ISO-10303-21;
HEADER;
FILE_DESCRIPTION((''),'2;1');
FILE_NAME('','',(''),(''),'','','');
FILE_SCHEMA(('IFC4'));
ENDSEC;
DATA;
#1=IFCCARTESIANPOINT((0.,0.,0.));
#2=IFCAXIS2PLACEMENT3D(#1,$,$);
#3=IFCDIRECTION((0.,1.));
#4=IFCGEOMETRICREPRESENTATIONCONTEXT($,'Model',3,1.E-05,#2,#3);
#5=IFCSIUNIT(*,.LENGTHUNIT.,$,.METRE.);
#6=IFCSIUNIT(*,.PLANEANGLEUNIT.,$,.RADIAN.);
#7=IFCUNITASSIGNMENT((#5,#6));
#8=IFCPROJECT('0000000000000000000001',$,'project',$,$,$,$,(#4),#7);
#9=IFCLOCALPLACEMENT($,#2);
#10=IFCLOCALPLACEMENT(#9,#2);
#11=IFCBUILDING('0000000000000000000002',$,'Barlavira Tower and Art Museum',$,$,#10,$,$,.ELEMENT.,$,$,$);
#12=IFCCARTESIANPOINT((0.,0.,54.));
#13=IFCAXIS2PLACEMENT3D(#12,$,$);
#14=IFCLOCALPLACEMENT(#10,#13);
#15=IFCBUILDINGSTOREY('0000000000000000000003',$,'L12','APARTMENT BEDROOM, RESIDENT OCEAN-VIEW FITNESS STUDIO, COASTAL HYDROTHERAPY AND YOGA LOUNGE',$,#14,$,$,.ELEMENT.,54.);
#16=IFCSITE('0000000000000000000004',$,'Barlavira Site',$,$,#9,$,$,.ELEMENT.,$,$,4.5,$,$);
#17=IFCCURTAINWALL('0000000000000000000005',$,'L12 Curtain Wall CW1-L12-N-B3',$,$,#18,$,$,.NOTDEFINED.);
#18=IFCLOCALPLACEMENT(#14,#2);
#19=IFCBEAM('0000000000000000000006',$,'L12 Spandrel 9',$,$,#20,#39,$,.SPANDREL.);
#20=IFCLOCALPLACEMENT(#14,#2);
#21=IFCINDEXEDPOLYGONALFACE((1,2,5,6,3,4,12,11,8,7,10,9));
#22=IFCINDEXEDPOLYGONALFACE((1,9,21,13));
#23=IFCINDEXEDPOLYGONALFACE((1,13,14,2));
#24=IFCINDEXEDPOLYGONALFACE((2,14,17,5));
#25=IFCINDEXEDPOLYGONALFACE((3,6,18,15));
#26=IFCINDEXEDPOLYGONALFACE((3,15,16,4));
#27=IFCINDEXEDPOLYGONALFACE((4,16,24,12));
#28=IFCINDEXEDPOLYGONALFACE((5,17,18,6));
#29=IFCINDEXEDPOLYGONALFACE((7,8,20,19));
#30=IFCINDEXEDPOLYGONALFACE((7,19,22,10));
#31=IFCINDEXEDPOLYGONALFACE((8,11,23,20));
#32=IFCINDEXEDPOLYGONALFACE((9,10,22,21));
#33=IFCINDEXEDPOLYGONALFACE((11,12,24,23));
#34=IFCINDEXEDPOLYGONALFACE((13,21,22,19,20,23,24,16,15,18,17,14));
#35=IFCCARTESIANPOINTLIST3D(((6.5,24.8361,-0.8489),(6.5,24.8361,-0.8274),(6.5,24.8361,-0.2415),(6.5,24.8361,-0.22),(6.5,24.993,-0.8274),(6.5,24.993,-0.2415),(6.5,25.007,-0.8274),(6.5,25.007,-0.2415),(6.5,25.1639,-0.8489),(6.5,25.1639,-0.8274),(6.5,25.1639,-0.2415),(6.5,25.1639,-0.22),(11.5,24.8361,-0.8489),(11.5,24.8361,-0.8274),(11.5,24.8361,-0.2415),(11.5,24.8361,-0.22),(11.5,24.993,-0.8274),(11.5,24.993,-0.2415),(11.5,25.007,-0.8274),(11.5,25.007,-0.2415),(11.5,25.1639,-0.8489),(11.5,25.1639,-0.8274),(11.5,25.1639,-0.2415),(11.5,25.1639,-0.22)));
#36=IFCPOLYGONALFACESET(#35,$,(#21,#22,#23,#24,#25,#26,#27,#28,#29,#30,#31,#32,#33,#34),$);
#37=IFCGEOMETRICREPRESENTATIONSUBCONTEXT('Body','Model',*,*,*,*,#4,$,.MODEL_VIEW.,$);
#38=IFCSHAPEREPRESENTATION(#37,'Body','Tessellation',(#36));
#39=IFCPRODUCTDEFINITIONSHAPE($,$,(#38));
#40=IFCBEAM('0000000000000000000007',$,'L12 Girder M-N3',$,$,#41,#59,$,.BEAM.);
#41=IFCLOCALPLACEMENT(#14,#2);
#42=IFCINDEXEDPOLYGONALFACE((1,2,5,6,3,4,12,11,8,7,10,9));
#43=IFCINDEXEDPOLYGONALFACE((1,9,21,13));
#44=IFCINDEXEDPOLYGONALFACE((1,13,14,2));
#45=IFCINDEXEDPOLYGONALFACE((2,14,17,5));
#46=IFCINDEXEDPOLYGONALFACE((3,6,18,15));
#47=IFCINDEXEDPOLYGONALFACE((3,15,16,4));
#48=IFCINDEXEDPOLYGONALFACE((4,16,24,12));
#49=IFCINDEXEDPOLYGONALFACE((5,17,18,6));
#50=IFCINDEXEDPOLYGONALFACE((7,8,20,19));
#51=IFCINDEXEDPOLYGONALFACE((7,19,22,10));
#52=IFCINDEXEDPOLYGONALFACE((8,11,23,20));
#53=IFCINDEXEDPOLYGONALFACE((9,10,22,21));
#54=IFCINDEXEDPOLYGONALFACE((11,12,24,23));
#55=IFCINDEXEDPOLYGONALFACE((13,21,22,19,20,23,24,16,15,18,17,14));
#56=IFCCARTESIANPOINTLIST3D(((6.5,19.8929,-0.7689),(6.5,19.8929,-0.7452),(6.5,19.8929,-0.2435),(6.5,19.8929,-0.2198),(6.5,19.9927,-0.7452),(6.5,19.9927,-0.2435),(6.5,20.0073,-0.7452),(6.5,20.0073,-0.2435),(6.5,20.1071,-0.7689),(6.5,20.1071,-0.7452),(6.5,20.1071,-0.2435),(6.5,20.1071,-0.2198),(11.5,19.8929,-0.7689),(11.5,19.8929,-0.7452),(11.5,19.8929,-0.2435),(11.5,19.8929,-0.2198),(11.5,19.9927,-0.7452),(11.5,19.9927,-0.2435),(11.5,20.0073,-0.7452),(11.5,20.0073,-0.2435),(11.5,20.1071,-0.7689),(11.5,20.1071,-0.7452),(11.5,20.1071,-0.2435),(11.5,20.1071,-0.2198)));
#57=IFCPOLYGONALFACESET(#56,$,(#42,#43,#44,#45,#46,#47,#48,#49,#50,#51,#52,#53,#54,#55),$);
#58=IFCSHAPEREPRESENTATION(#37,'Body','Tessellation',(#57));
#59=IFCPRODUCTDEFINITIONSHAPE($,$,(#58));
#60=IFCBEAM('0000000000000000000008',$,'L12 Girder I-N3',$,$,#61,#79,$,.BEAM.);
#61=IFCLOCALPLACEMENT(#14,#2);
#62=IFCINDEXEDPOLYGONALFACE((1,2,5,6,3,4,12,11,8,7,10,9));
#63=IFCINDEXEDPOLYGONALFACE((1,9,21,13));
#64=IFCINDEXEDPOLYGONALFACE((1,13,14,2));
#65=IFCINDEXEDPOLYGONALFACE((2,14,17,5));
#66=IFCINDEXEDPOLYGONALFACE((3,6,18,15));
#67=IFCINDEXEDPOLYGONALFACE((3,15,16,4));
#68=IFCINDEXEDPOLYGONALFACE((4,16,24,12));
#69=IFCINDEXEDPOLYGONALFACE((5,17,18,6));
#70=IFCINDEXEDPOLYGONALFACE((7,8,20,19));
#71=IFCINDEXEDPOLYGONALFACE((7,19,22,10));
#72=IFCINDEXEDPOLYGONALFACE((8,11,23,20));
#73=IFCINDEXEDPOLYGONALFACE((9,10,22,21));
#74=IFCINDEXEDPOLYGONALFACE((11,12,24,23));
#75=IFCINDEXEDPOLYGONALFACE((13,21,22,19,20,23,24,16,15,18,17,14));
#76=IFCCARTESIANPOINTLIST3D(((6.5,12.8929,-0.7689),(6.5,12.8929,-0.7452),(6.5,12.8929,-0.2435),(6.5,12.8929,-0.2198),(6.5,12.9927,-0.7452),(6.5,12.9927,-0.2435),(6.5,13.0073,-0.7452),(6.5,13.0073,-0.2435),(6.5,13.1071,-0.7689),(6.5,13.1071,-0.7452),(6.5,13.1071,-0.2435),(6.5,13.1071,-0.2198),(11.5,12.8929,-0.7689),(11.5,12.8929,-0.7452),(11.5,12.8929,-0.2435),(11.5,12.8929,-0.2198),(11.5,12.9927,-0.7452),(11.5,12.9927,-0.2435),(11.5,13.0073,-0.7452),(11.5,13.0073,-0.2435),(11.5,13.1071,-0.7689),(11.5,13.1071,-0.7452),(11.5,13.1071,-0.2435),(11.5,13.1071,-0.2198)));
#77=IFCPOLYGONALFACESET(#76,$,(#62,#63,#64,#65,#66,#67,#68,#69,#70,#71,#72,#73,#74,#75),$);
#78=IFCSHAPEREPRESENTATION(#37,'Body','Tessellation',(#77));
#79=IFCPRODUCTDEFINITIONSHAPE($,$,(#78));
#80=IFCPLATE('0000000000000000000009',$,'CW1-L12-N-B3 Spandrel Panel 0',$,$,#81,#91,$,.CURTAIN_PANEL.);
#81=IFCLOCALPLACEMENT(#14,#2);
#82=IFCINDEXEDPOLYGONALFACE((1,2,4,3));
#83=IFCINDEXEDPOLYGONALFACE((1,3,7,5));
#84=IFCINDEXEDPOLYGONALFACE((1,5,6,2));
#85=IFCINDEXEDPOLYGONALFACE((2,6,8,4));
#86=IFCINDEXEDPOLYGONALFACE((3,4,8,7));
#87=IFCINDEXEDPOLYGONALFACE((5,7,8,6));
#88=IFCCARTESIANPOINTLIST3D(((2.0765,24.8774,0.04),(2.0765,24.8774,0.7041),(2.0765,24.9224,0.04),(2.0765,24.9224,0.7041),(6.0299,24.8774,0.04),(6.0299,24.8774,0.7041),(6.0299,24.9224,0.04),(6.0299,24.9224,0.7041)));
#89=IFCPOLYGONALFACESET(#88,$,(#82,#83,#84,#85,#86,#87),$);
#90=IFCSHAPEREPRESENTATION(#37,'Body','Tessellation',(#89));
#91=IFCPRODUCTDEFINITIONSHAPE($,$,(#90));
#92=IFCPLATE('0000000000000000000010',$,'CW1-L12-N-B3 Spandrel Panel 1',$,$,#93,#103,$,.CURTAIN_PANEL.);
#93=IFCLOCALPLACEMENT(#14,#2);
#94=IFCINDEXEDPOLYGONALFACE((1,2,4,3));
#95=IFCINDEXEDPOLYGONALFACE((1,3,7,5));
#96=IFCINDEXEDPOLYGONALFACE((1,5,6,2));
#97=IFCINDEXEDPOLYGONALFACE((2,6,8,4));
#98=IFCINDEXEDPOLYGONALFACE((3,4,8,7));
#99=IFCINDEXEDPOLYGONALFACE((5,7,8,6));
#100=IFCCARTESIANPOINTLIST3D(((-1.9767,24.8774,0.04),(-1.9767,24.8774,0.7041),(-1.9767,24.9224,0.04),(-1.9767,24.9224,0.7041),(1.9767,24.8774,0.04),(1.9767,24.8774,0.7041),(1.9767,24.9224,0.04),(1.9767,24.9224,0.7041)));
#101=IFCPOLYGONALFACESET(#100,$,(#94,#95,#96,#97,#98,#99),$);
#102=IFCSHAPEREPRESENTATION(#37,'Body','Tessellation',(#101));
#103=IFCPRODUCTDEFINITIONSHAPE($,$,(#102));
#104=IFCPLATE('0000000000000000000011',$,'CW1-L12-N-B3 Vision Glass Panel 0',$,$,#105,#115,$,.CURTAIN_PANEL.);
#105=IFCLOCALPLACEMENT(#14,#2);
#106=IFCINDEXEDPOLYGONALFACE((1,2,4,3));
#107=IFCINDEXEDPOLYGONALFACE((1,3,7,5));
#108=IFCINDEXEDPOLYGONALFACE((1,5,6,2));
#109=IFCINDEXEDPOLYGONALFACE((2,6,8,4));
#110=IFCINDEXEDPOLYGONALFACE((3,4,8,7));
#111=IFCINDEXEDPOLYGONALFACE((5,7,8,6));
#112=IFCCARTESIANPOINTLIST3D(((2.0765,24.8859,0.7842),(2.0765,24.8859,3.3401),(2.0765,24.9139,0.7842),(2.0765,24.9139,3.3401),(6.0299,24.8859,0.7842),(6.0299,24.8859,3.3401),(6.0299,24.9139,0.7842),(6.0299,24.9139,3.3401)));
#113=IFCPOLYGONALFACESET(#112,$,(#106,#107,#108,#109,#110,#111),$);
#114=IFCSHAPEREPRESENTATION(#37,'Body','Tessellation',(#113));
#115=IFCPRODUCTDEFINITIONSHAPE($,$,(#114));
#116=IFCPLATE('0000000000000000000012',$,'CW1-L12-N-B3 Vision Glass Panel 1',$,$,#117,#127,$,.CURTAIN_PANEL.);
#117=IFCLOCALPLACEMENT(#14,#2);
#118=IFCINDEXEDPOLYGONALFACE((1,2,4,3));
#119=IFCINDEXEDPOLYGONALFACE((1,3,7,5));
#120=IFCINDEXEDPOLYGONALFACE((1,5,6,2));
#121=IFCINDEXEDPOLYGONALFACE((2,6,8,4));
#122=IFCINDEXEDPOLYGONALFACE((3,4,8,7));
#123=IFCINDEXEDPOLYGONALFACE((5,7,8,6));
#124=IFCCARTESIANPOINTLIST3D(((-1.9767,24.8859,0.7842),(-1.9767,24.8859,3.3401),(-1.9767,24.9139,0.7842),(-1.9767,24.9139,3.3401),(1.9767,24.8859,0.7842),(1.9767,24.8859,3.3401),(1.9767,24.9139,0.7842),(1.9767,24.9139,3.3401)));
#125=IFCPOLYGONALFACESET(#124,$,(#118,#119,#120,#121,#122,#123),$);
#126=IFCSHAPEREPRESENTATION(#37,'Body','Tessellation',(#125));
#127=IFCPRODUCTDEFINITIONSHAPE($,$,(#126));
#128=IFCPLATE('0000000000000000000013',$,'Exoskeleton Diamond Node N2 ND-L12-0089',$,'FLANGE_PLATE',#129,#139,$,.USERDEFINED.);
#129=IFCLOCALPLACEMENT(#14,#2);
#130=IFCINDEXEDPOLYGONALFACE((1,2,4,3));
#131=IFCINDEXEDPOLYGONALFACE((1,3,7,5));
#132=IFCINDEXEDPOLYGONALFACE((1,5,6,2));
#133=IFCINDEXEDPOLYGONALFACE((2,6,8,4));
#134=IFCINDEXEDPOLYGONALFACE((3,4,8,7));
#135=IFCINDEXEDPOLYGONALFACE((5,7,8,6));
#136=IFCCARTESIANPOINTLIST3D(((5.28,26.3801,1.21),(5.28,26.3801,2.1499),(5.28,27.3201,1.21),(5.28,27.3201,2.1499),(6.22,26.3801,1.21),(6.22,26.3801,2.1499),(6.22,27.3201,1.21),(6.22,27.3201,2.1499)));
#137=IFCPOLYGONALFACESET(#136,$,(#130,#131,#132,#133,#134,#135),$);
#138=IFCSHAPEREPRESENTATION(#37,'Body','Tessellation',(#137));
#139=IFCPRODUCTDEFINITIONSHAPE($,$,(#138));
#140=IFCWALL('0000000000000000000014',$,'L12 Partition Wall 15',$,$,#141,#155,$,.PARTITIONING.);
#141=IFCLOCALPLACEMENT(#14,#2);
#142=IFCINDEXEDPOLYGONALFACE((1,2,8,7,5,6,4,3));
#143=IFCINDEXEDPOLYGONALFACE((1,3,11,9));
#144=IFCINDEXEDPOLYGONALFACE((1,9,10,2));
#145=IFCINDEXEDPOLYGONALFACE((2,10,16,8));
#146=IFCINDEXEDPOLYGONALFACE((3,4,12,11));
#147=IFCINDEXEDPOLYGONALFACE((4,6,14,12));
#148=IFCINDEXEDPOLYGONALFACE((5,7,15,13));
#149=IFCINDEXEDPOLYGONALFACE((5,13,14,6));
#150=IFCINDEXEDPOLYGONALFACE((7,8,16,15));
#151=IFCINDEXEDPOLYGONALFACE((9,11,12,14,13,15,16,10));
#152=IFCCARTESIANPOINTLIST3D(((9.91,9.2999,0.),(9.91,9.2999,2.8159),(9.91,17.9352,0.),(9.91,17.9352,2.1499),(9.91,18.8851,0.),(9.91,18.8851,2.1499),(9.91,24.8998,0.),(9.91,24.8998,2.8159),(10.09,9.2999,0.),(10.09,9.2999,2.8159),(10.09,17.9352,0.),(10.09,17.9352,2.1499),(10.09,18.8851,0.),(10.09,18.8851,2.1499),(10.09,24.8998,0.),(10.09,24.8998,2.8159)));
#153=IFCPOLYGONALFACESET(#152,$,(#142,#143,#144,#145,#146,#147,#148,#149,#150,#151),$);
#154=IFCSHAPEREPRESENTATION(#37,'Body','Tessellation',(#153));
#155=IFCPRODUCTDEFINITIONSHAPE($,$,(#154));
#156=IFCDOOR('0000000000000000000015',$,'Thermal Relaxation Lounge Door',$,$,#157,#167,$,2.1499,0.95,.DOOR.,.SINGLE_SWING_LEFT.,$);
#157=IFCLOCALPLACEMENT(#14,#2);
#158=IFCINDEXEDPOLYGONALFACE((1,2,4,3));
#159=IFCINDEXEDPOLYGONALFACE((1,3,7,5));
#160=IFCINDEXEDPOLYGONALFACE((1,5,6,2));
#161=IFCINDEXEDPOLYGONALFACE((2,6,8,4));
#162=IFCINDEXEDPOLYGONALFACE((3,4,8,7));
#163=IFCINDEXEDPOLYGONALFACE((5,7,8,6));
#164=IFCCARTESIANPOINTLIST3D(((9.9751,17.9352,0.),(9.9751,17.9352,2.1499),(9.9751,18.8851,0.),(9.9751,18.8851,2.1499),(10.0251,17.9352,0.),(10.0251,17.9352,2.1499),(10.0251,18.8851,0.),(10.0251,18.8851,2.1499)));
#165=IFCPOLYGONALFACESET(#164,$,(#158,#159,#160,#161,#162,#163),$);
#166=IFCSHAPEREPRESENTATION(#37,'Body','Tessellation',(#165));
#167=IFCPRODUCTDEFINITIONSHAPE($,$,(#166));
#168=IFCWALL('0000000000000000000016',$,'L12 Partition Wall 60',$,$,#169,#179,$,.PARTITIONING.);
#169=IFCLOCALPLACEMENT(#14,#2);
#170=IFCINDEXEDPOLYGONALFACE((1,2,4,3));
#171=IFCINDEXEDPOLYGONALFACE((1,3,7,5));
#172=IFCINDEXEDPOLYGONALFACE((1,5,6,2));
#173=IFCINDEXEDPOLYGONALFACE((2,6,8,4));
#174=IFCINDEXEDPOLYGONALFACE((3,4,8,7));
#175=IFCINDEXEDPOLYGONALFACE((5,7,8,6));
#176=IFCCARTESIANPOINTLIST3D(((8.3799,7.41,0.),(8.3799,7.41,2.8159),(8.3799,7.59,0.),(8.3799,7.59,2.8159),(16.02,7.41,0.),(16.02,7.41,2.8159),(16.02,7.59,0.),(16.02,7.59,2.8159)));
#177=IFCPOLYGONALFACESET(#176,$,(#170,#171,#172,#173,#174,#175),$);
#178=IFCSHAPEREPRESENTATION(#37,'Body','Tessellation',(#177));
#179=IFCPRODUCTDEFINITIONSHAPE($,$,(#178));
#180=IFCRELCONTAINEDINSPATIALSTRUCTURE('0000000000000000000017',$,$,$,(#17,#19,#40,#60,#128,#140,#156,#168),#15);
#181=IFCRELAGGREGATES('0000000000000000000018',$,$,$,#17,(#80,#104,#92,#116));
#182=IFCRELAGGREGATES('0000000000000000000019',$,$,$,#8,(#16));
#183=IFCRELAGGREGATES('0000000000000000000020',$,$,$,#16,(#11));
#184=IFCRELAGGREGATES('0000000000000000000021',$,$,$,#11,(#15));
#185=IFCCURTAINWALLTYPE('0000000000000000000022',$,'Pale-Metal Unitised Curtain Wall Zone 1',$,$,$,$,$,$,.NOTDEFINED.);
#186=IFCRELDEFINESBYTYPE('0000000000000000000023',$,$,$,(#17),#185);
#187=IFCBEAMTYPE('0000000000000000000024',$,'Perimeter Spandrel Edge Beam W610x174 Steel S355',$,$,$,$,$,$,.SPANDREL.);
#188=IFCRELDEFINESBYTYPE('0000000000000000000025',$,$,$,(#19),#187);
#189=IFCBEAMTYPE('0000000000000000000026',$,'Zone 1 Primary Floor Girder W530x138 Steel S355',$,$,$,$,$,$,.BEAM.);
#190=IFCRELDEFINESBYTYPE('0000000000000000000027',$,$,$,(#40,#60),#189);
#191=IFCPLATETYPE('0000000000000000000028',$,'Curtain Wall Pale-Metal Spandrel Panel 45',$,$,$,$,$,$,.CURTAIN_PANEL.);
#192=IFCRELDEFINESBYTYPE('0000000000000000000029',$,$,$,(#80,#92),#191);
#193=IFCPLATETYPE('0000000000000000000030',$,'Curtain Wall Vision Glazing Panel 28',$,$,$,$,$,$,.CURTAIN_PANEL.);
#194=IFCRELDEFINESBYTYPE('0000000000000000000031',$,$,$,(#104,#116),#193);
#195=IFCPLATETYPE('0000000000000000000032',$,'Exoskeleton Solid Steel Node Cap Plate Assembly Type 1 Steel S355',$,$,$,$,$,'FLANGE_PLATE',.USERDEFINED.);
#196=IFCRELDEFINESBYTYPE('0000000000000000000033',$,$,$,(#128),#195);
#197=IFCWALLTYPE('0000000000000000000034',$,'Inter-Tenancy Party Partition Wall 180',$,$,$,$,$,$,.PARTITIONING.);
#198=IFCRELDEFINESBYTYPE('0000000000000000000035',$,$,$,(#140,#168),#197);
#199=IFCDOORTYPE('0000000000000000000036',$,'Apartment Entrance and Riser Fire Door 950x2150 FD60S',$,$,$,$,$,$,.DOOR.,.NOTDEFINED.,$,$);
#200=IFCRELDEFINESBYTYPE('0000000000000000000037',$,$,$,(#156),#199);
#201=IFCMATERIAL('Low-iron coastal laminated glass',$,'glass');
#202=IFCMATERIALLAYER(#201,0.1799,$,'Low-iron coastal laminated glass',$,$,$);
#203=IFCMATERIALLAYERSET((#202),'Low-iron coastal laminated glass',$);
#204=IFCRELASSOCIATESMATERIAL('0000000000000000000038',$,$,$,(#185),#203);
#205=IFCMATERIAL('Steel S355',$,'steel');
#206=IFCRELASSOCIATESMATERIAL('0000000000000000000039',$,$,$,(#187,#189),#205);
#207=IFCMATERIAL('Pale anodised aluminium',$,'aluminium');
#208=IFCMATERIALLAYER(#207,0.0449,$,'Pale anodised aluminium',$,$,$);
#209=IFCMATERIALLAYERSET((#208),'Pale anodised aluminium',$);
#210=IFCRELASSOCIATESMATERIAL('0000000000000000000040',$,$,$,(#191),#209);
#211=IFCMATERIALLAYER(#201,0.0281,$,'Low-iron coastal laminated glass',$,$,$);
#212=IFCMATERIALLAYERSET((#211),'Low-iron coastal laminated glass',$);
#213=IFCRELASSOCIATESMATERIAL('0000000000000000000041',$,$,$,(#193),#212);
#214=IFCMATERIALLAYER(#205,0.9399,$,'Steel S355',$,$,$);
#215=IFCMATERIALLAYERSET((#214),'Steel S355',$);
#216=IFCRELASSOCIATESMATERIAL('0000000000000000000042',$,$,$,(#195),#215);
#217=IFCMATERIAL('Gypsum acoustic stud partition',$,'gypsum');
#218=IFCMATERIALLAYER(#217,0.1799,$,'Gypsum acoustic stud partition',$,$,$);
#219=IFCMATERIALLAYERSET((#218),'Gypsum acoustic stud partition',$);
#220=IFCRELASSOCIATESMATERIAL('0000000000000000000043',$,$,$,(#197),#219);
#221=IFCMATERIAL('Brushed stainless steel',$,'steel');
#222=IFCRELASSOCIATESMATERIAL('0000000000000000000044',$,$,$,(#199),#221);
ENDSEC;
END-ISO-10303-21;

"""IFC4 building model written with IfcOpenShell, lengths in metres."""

from ifc_helpers import new_model, si_unit, direction, frame, frame_2d, origin, origin_2d, place, context, subcontext, project, spatial, rectangle, i_section, extrude, material, layer, layer_set, material_profile, profile_set, type_object, element, fill, aggregate, save


model = new_model("IFC4")

# Units and contexts
model_context = context("Model", 3, precision=1e-05, world=origin(), true_north=direction((0.0, 1.0)))
body_context = subcontext(model_context, "Body", "Model", "MODEL_VIEW")
ifc_project = project(units=[si_unit("LENGTHUNIT", "METRE"), si_unit("PLANEANGLEUNIT", "RADIAN")], contexts=[model_context])

# Site, building, storey
site_placement = place(None, origin())
site = spatial("IfcSite", under=ifc_project, at=site_placement, Name="Barlavira Site", CompositionType="ELEMENT", RefElevation=4.5)
building_placement = place(site_placement, origin())
building = spatial("IfcBuilding", under=site, at=building_placement, Name="Barlavira Tower and Art Museum", CompositionType="ELEMENT")
storey_placement = place(building_placement, frame((0.0, 0.0, 54.0)))
storey = spatial("IfcBuildingStorey", under=building, at=storey_placement, Name="L12", Description="APARTMENT BEDROOM, RESIDENT OCEAN-VIEW FITNESS STUDIO, COASTAL HYDROTHERAPY AND YOGA LOUNGE", CompositionType="ELEMENT", Elevation=54.0)

# Curtain wall
ifc_material_1 = material(Name="Low-iron coastal laminated glass", Category="glass")
ifc_layer_1 = layer(ifc_material_1, 0.1799, Name="Low-iron coastal laminated glass")
ifc_layer_set_1 = layer_set([ifc_layer_1], Name="Low-iron coastal laminated glass")
curtain_wall_type = type_object("IfcCurtainWallType", Name="Pale-Metal Unitised Curtain Wall Zone 1", PredefinedType="NOTDEFINED", material=ifc_layer_set_1)
curtain_wall_placement = place(storey_placement, origin())
curtain_wall = element("IfcCurtainWall", 1, at=curtain_wall_placement, inside=storey, type_object=curtain_wall_type, Name="L12 Curtain Wall CW1-L12-N-B3", PredefinedType="NOTDEFINED")
ifc_material_2 = material(Name="Pale anodised aluminium", Category="aluminium")

# Beams
ifc_material_3 = material(Name="Steel S355", Category="steel")
ifc_material_profile_1 = material_profile(ifc_material_3, i_section(OverallWidth=0.3279, OverallDepth=0.6289, WebThickness=0.0139, FlangeThickness=0.0215, at=origin_2d()), Name="W610x174.0")
ifc_profile_set_1 = profile_set([ifc_material_profile_1], Name="Steel S355")
beam_type_1 = type_object("IfcBeamType", Name="Perimeter Spandrel Edge Beam W610x174 Steel S355", PredefinedType="SPANDREL", material=ifc_profile_set_1)
beam_placement = place(storey_placement, frame((6.5, 25.0, -0.5344), z_axis=(1.0, 0.0, 0.0), x_axis=(0.0, 1.0, 0.0)))
element("IfcBeam", 2, at=beam_placement, inside=storey, type_object=beam_type_1, Name="L12 Spandrel 9", PredefinedType="SPANDREL", context=body_context, shape_type="SweptSolid", body=[
    extrude(i_section(OverallWidth=0.3279, OverallDepth=0.6289, WebThickness=0.0139, FlangeThickness=0.0215, at=origin_2d()), origin(), (0.0, 0.0, 1.0), 5.0),
])
ifc_material_profile_2 = material_profile(ifc_material_3, i_section(OverallWidth=0.2141, OverallDepth=0.5491, WebThickness=0.0146, FlangeThickness=0.0237, at=origin_2d()), Name="W530x138.0")
ifc_profile_set_2 = profile_set([ifc_material_profile_2], Name="Steel S355")
beam_type_2 = type_object("IfcBeamType", Name="Zone 1 Primary Floor Girder W530x138 Steel S355", PredefinedType="BEAM", material=ifc_profile_set_2)
for number, where, z_axis, x_axis, name in (
    (3, (6.5, 20.0, -0.4944), (1.0, 0.0, 0.0), (0.0, 1.0, 0.0), "L12 Girder M-N3"),
    (4, (6.5, 13.0, -0.4944), (1.0, 0.0, 0.0), (0.0, 1.0, 0.0), "L12 Girder I-N3"),
):
    element("IfcBeam", number, at=place(storey_placement, frame(where, z_axis=z_axis, x_axis=x_axis)), inside=storey, type_object=beam_type_2, Name=name, PredefinedType="BEAM", context=body_context, shape_type="SweptSolid", body=[
        extrude(i_section(OverallWidth=0.2141, OverallDepth=0.5491, WebThickness=0.0146, FlangeThickness=0.0237, at=origin_2d()), origin(), (0.0, 0.0, 1.0), 5.0),
    ])

# Plates
ifc_layer_2 = layer(ifc_material_2, 0.0449, Name="Pale anodised aluminium")
ifc_layer_set_2 = layer_set([ifc_layer_2], Name="Pale anodised aluminium")
plate_type_1 = type_object("IfcPlateType", Name="Curtain Wall Pale-Metal Spandrel Panel 45", PredefinedType="CURTAIN_PANEL", material=ifc_layer_set_2)
plate_1_placement = place(storey_placement, frame((4.0532, 24.8999, 0.04), z_axis=(0.0, 0.0, 1.0), x_axis=(-1.0, 0.0, 0.0)))
plate_1 = element("IfcPlate", 5, at=plate_1_placement, type_object=plate_type_1, Name="CW1-L12-N-B3 Spandrel Panel 0", PredefinedType="CURTAIN_PANEL", context=body_context, shape_type="SweptSolid", body=[
    extrude(rectangle(XDim=3.9534, YDim=0.0449, at=origin_2d()), origin(), (0.0, 0.0, 1.0), 0.6641),
])
plate_2_placement = place(storey_placement, frame((0.0, 24.8999, 0.04), z_axis=(0.0, 0.0, 1.0), x_axis=(-1.0, 0.0, 0.0)))
plate_2 = element("IfcPlate", 6, at=plate_2_placement, type_object=plate_type_1, Name="CW1-L12-N-B3 Spandrel Panel 1", PredefinedType="CURTAIN_PANEL", context=body_context, shape_type="SweptSolid", body=[
    extrude(rectangle(XDim=3.9534, YDim=0.0449, at=origin_2d()), origin(), (0.0, 0.0, 1.0), 0.6641),
])
ifc_layer_3 = layer(ifc_material_1, 0.0281, Name="Low-iron coastal laminated glass")
ifc_layer_set_3 = layer_set([ifc_layer_3], Name="Low-iron coastal laminated glass")
plate_type_2 = type_object("IfcPlateType", Name="Curtain Wall Vision Glazing Panel 28", PredefinedType="CURTAIN_PANEL", material=ifc_layer_set_3)
plate_3_placement = place(storey_placement, frame((4.0532, 24.8999, 0.7842), z_axis=(0.0, 0.0, 1.0), x_axis=(-1.0, 0.0, 0.0)))
plate_3 = element("IfcPlate", 7, at=plate_3_placement, type_object=plate_type_2, Name="CW1-L12-N-B3 Vision Glass Panel 0", PredefinedType="CURTAIN_PANEL", context=body_context, shape_type="SweptSolid", body=[
    extrude(rectangle(XDim=3.9534, YDim=0.0281, at=origin_2d()), origin(), (0.0, 0.0, 1.0), 2.5559),
])
plate_4_placement = place(storey_placement, frame((0.0, 24.8999, 0.7842), z_axis=(0.0, 0.0, 1.0), x_axis=(-1.0, 0.0, 0.0)))
plate_4 = element("IfcPlate", 8, at=plate_4_placement, type_object=plate_type_2, Name="CW1-L12-N-B3 Vision Glass Panel 1", PredefinedType="CURTAIN_PANEL", context=body_context, shape_type="SweptSolid", body=[
    extrude(rectangle(XDim=3.9534, YDim=0.0281, at=origin_2d()), origin(), (0.0, 0.0, 1.0), 2.5559),
])
aggregate(curtain_wall, [plate_1, plate_3, plate_2, plate_4])
ifc_layer_4 = layer(ifc_material_3, 0.9399, Name="Steel S355")
ifc_layer_set_4 = layer_set([ifc_layer_4], Name="Steel S355")
plate_type_3 = type_object("IfcPlateType", Name="Exoskeleton Solid Steel Node Cap Plate Assembly Type 1 Steel S355", ElementType="FLANGE_PLATE", PredefinedType="USERDEFINED", material=ifc_layer_set_4)
plate_5_placement = place(storey_placement, frame((5.75, 26.8501, 1.21), z_axis=(0.0, 0.0, 1.0), x_axis=(1.0, 0.0, 0.0)))
element("IfcPlate", 9, at=plate_5_placement, inside=storey, type_object=plate_type_3, Name="Exoskeleton Diamond Node N2 ND-L12-0089", ObjectType="FLANGE_PLATE", PredefinedType="USERDEFINED", context=body_context, shape_type="SweptSolid", body=[
    extrude(rectangle(XDim=0.9399, YDim=0.9399, at=origin_2d()), origin(), (0.0, 0.0, 1.0), 0.9399),
])

# Wall, opening, door
ifc_material_4 = material(Name="Gypsum acoustic stud partition", Category="gypsum")
ifc_layer_5 = layer(ifc_material_4, 0.1799, Name="Gypsum acoustic stud partition")
ifc_layer_set_5 = layer_set([ifc_layer_5], Name="Gypsum acoustic stud partition")
wall_type = type_object("IfcWallType", Name="Inter-Tenancy Party Partition Wall 180", PredefinedType="PARTITIONING", material=ifc_layer_set_5)
wall_1_placement = place(storey_placement, frame((10.0, 9.3, 0.0), z_axis=(0.0, 0.0, 1.0), x_axis=(0.0, 1.0, 0.0)))
wall_1 = element("IfcWall", 10, at=wall_1_placement, inside=storey, type_object=wall_type, Name="L12 Partition Wall 15", PredefinedType="PARTITIONING", context=body_context, shape_type="SweptSolid", body=[
    extrude(rectangle(XDim=15.5999, YDim=0.1799, at=frame_2d((7.7998, 0.0))), origin(), (0.0, 0.0, 1.0), 2.8159),
])
opening_1_placement = place(wall_1_placement, frame((8.635, 0.0, 0.0)))
opening_1 = element("IfcOpeningElement", 11, at=opening_1_placement, cuts=wall_1, PredefinedType="OPENING", context=body_context, shape_type="SweptSolid", body=[
    extrude(rectangle(XDim=0.95, YDim=2.1499, at=frame_2d((0.4751, 1.075))), frame((0.0, 0.1001, 0.0), z_axis=(0.0, -1.0, 0.0), x_axis=(1.0, 0.0, 0.0)), (0.0, 0.0, 1.0), 0.2),
])
ifc_material_5 = material(Name="Brushed stainless steel", Category="steel")
door_type = type_object("IfcDoorType", Name="Apartment Entrance and Riser Fire Door 950x2150 FD60S", OperationType="NOTDEFINED", PredefinedType="DOOR", material=ifc_material_5)
door_1_placement = place(opening_1_placement, origin())
door_1 = element("IfcDoor", 12, at=door_1_placement, inside=storey, type_object=door_type, Name="Thermal Relaxation Lounge Door", OperationType="SINGLE_SWING_LEFT", OverallHeight=2.1499, OverallWidth=0.95, PredefinedType="DOOR", context=body_context, shape_type="SweptSolid", body=[
    extrude(rectangle(XDim=0.95, YDim=2.1499, at=frame_2d((0.4751, 1.075))), frame((0.0, 0.0249, 0.0), z_axis=(0.0, -1.0, 0.0), x_axis=(1.0, 0.0, 0.0)), (0.0, 0.0, 1.0), 0.05),
])
fill(opening_1, door_1)

# Wall
wall_2_placement = place(storey_placement, frame((8.3799, 7.5, 0.0), z_axis=(0.0, 0.0, 1.0), x_axis=(1.0, 0.0, 0.0)))
element("IfcWall", 13, at=wall_2_placement, inside=storey, type_object=wall_type, Name="L12 Partition Wall 60", PredefinedType="PARTITIONING", context=body_context, shape_type="SweptSolid", body=[
    extrude(rectangle(XDim=7.6401, YDim=0.1799, at=frame_2d((3.8201, 0.0))), origin(), (0.0, 0.0, 1.0), 2.8159),
])

save(model, "model.ifc")
